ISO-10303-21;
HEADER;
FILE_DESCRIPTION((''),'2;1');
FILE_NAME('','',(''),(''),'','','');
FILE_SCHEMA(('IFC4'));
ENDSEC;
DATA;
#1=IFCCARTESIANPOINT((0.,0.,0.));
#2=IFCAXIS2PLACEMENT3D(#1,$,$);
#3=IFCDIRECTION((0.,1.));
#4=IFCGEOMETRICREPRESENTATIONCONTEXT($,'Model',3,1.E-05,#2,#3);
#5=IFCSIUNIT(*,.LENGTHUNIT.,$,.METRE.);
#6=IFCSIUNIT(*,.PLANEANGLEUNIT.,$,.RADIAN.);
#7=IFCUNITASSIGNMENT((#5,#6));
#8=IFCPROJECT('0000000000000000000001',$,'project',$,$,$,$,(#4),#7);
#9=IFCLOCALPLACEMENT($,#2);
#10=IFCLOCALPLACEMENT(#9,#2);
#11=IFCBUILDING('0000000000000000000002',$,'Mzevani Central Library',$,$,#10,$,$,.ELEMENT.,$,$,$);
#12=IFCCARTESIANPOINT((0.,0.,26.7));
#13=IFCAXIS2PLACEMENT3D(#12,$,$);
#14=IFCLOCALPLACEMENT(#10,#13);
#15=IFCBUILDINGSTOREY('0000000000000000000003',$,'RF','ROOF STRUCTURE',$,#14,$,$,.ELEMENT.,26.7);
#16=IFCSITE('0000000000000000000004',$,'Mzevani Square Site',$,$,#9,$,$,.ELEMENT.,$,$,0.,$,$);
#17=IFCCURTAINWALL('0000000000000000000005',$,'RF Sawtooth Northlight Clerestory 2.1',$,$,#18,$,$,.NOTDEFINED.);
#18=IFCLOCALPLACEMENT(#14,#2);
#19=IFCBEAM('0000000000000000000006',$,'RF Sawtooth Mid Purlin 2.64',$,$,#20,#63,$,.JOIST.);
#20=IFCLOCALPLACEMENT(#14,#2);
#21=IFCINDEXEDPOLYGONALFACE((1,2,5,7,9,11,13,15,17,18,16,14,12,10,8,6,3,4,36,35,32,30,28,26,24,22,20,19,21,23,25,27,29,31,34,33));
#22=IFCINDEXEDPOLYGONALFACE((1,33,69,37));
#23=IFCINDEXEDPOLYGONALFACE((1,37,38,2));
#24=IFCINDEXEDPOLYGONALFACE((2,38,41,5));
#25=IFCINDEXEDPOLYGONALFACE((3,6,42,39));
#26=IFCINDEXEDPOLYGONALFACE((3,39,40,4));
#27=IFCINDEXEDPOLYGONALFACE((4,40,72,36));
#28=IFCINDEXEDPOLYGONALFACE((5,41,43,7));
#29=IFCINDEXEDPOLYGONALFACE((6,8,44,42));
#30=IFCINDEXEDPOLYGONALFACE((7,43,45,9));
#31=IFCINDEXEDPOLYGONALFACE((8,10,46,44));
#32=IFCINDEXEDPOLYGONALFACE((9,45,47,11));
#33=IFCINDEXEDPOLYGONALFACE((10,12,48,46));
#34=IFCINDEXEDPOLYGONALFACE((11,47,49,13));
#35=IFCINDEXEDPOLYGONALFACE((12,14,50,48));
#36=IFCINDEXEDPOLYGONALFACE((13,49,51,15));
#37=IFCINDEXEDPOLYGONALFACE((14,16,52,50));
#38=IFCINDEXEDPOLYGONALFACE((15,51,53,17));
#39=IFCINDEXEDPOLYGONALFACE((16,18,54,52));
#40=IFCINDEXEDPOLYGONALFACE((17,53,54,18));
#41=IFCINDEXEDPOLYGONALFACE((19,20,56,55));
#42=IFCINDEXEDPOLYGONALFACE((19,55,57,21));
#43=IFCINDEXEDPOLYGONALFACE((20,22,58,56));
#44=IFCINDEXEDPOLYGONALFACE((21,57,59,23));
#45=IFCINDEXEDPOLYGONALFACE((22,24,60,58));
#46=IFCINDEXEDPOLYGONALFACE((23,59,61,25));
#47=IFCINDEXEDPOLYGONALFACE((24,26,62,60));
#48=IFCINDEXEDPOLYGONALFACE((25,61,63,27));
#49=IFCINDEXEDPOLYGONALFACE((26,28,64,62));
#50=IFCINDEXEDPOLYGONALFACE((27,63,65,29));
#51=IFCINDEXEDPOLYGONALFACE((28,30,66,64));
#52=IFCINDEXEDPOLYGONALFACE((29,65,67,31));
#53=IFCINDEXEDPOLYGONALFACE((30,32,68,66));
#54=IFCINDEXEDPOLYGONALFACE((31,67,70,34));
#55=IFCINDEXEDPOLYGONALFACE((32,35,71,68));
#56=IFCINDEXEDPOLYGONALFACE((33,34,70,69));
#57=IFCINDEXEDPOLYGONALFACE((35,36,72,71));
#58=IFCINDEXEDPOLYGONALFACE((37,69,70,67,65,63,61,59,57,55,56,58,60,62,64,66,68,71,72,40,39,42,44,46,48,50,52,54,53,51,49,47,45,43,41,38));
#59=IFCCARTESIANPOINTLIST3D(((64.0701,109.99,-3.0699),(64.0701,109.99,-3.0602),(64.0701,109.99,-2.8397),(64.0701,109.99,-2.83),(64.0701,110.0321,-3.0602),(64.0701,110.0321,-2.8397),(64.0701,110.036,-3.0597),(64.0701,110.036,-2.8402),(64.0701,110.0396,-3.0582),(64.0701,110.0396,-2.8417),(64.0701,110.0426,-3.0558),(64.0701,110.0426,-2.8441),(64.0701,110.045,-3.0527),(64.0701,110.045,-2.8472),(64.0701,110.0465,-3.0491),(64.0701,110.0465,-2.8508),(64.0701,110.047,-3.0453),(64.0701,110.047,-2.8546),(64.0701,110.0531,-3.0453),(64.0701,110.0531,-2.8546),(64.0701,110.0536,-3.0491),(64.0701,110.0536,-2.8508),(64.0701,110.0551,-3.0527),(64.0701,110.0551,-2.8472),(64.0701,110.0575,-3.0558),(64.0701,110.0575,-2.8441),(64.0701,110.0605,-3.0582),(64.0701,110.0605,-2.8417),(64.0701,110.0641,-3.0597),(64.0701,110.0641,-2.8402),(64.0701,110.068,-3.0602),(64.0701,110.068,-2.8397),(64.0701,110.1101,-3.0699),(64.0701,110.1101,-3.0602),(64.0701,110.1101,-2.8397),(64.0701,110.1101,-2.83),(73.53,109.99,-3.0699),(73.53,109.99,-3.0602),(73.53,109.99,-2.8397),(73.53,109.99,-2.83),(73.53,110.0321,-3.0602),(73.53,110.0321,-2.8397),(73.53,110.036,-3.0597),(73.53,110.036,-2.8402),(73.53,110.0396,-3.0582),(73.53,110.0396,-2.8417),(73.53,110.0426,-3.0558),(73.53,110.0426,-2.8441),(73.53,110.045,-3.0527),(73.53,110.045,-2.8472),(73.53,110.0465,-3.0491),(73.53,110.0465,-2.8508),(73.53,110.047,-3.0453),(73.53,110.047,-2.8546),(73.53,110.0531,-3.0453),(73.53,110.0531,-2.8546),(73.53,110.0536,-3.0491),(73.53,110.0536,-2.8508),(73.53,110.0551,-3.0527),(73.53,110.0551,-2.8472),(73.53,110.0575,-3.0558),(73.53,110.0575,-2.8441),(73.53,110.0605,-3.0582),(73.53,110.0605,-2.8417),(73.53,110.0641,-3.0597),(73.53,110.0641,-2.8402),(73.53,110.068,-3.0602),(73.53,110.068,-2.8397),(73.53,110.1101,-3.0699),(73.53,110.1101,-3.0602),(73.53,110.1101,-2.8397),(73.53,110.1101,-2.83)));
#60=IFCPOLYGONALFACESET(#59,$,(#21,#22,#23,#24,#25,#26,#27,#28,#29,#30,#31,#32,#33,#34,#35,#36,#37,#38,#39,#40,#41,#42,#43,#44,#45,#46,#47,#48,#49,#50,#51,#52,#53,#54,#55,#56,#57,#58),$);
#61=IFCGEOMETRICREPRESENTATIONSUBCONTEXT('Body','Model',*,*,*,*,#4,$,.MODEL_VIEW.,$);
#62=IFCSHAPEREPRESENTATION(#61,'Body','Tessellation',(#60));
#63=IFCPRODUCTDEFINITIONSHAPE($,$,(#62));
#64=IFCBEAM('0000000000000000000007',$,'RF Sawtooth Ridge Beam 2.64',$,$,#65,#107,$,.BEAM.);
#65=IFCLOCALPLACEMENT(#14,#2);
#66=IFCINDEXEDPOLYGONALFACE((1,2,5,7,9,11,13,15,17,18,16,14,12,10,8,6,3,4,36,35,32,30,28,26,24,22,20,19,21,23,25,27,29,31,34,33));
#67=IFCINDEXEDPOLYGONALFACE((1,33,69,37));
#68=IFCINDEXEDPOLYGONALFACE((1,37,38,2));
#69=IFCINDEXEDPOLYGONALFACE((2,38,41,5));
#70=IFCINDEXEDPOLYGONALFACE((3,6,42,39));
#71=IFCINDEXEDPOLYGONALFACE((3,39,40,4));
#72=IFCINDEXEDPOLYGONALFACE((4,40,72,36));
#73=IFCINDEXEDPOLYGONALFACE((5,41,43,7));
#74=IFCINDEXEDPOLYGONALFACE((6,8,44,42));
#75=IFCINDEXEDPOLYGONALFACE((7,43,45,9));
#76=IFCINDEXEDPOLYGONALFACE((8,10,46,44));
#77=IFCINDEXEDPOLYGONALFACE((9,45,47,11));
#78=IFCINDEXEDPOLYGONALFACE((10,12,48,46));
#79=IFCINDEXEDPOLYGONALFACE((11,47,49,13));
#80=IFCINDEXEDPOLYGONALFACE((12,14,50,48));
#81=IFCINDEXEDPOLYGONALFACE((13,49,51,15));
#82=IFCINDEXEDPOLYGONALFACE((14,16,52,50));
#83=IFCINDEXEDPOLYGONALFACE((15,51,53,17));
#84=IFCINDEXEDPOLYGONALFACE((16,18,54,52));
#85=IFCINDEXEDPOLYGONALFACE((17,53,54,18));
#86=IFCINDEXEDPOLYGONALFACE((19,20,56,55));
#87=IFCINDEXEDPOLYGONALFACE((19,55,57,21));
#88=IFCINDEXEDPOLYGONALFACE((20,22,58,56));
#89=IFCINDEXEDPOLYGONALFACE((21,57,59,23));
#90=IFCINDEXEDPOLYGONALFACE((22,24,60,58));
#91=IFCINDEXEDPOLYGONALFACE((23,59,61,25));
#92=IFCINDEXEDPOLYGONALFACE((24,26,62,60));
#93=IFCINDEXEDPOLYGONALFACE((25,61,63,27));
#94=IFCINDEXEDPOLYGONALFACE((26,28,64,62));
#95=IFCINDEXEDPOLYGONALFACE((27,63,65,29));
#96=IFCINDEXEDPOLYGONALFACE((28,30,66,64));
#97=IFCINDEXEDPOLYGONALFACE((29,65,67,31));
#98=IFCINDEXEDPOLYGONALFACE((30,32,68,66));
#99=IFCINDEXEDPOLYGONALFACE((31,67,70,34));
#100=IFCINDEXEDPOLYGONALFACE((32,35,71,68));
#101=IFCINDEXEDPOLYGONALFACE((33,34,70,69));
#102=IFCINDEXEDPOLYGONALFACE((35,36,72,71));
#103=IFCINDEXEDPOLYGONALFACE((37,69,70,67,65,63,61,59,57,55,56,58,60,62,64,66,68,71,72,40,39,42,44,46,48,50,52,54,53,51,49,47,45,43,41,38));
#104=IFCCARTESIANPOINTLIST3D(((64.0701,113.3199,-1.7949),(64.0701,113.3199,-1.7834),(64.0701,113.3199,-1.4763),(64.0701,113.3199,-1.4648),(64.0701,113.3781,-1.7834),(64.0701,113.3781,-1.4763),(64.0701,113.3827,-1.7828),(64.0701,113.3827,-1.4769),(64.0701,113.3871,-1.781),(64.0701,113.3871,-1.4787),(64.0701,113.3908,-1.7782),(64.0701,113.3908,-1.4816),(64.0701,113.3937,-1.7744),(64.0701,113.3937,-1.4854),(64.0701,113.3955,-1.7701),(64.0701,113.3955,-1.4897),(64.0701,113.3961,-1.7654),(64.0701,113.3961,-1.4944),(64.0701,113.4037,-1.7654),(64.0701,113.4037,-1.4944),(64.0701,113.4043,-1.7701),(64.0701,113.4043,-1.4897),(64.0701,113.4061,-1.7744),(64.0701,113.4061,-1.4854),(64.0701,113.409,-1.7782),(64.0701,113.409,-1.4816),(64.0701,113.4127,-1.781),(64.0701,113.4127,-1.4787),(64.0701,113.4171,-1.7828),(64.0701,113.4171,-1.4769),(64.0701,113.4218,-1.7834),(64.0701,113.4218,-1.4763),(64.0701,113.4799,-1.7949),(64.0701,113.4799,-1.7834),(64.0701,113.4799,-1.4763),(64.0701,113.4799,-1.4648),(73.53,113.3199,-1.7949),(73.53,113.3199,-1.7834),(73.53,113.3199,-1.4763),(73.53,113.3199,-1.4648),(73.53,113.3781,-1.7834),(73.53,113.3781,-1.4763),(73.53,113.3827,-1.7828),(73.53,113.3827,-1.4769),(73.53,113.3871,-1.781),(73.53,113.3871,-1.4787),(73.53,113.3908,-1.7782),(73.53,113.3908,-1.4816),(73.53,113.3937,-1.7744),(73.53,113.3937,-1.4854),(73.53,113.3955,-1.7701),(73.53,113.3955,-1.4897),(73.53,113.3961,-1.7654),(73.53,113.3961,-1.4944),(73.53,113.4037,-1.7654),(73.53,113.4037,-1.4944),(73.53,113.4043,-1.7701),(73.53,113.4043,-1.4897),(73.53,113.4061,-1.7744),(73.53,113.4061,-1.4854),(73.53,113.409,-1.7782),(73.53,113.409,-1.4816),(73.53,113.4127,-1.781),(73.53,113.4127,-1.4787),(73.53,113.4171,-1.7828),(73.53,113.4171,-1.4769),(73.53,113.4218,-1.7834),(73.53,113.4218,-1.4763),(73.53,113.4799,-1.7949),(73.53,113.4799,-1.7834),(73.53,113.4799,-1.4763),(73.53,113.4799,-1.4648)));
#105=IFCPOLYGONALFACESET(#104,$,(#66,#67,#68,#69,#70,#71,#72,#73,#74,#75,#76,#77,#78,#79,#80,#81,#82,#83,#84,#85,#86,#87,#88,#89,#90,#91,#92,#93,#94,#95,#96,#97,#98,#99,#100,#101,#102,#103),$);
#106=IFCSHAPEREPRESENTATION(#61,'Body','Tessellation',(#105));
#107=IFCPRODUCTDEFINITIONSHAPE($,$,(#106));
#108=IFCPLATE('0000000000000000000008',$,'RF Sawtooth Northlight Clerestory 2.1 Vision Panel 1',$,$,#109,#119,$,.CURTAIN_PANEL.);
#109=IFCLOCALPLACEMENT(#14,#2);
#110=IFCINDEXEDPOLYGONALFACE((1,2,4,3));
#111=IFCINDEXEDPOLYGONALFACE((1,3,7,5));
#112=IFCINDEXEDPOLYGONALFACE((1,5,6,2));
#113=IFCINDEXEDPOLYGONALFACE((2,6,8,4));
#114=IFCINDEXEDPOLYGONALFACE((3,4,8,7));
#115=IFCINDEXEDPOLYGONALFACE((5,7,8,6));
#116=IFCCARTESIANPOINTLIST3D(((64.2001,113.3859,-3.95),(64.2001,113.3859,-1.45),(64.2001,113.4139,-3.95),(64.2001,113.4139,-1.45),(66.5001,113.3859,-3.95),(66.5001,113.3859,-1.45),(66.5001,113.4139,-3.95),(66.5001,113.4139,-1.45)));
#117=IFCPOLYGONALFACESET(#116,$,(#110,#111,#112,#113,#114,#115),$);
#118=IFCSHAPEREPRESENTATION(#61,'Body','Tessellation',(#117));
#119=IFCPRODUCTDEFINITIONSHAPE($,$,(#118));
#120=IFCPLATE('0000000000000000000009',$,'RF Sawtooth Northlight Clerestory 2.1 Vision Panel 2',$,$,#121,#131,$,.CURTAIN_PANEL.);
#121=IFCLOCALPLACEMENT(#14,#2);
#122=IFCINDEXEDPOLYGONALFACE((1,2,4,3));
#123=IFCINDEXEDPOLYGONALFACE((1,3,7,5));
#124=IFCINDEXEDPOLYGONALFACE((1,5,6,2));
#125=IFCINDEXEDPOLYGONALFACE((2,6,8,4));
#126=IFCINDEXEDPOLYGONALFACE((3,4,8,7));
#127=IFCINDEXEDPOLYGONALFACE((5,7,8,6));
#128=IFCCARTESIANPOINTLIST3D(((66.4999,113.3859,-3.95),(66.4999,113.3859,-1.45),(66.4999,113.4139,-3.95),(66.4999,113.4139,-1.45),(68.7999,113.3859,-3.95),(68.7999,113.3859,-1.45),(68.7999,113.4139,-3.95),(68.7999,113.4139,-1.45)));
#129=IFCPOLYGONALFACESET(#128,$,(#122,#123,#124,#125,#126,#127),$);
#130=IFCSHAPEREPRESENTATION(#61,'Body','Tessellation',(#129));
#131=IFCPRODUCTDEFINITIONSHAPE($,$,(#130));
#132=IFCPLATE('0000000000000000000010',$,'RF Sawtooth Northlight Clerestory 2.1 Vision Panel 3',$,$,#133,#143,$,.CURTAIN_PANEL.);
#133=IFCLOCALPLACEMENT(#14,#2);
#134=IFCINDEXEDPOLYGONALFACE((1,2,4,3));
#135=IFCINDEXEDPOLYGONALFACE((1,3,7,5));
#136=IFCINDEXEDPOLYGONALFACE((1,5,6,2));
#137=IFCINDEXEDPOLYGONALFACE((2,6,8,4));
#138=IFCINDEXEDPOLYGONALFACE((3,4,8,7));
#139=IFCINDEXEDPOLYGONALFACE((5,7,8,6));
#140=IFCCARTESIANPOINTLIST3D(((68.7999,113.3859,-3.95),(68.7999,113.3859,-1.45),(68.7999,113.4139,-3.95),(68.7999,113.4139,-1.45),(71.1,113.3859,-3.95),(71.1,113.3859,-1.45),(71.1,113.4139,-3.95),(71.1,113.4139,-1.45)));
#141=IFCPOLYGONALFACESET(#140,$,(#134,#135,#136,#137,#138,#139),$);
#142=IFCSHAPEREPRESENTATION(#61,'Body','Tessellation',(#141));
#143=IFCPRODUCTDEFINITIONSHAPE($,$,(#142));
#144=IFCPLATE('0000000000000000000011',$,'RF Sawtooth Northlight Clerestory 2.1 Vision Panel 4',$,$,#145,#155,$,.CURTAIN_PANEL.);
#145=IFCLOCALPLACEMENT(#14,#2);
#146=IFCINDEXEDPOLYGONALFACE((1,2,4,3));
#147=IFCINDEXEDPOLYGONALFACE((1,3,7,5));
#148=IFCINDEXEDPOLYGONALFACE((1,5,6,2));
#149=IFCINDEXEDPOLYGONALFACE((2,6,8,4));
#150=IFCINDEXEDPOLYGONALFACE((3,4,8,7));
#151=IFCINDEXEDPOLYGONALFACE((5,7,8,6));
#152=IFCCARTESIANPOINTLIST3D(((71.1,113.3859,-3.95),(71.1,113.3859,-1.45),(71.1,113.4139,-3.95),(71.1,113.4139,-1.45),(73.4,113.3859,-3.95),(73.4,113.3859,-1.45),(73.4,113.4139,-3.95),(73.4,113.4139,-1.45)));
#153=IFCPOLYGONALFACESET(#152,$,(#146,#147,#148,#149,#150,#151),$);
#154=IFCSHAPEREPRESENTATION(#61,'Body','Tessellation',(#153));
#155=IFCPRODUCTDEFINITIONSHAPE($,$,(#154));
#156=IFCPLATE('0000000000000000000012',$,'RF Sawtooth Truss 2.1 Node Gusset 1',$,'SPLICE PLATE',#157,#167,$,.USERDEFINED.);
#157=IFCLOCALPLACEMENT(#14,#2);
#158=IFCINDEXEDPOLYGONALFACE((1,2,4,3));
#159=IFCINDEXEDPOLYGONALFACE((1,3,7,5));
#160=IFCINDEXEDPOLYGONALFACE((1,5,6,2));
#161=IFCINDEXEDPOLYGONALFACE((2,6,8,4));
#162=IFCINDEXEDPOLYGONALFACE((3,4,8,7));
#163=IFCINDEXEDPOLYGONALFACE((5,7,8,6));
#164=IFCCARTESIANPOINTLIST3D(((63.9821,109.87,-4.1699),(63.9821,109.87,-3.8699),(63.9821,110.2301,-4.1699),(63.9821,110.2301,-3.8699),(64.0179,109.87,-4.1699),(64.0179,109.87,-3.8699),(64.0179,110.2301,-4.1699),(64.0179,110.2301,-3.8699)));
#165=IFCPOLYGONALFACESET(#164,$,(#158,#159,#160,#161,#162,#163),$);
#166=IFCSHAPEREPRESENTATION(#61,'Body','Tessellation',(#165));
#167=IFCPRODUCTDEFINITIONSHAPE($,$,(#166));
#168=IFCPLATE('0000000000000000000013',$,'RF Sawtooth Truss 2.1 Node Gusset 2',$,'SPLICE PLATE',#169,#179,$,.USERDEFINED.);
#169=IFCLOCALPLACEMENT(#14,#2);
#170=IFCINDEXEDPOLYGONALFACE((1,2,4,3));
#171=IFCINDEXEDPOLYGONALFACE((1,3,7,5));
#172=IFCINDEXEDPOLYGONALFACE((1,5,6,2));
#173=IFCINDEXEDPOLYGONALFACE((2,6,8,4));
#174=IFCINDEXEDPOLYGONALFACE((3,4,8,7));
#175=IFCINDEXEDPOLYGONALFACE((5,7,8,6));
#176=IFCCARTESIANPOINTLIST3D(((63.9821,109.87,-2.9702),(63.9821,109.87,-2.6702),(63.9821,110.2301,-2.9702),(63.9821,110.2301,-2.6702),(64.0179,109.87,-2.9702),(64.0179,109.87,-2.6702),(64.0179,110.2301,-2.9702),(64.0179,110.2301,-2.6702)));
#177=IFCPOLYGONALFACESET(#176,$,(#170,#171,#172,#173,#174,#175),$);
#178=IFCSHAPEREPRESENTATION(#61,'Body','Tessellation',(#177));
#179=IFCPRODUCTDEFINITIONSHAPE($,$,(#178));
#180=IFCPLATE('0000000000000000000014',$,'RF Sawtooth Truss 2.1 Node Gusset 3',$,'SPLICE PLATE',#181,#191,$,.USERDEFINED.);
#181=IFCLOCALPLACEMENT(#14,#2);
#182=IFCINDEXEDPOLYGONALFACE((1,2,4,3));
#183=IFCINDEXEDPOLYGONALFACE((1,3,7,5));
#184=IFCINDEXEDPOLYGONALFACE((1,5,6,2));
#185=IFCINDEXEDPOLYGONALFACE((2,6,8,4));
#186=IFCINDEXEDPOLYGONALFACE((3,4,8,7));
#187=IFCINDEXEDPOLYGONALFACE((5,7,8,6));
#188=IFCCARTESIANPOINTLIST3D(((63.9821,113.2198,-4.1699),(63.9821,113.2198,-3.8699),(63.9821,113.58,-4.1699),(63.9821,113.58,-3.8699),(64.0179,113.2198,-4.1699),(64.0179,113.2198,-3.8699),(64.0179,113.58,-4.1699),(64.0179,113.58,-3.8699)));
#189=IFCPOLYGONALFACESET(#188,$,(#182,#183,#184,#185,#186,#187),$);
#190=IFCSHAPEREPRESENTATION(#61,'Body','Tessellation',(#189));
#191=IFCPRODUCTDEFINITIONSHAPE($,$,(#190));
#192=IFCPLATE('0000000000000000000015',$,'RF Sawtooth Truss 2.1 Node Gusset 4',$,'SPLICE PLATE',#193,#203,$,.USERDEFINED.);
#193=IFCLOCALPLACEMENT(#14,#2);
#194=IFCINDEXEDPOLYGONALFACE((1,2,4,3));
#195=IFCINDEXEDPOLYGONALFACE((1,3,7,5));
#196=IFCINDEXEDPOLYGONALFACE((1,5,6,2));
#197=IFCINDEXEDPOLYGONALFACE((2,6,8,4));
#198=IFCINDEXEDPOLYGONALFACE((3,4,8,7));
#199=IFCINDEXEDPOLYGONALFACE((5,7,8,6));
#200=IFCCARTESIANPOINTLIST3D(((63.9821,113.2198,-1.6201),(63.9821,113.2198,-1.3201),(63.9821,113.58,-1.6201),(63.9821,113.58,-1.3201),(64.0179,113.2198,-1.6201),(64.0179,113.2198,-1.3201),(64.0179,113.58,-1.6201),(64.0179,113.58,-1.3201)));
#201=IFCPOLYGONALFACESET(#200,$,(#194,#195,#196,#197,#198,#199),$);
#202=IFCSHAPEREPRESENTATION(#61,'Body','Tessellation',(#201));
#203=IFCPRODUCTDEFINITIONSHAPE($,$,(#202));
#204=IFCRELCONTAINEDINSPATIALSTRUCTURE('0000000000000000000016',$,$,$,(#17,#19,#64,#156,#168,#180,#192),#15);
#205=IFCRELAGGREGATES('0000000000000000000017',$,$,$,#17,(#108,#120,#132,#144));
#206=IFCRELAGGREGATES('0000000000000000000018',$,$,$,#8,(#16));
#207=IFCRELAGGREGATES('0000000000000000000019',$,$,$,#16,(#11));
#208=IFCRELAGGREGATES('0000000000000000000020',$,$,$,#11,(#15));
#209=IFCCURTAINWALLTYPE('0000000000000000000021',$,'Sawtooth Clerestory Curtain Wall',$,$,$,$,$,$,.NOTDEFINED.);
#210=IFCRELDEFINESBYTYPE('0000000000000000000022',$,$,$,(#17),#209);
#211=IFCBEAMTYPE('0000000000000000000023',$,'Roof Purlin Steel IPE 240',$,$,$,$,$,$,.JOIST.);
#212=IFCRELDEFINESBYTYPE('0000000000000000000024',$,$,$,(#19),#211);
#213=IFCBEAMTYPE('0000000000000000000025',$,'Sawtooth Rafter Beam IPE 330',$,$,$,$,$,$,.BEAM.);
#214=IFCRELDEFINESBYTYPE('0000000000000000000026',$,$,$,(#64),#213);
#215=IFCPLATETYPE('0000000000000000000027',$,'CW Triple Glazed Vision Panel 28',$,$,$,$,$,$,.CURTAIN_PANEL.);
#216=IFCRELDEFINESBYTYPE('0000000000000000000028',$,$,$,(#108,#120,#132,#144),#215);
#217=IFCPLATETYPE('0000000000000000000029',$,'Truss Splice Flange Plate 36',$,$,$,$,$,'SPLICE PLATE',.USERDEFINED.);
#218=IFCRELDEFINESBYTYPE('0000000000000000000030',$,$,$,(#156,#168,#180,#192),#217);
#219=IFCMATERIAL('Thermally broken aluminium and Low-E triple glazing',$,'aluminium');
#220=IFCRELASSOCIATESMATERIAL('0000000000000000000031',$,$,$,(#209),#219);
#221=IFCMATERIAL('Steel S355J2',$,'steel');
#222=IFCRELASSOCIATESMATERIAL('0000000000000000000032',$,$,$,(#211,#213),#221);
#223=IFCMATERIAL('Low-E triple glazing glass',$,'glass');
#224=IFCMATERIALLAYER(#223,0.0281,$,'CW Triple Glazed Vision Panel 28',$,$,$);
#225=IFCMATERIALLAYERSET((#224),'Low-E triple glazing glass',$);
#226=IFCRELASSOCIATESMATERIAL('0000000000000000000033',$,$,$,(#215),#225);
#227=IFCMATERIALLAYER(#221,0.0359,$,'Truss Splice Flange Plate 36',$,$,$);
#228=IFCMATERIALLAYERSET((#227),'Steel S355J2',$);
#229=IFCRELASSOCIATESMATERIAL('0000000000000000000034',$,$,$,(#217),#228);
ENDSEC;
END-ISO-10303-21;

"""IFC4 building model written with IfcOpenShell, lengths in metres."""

from ifc_helpers import new_model, si_unit, direction, frame, origin, origin_2d, place, context, subcontext, project, spatial, rectangle, i_section, extrude, material, layer, layer_set, material_profile, profile_set, type_object, element, aggregate, save


model = new_model("IFC4")

# Units and contexts
model_context = context("Model", 3, precision=1e-05, world=origin(), true_north=direction((0.0, 1.0)))
body_context = subcontext(model_context, "Body", "Model", "MODEL_VIEW")
ifc_project = project(units=[si_unit("LENGTHUNIT", "METRE"), si_unit("PLANEANGLEUNIT", "RADIAN")], contexts=[model_context])

# Site, building, storey
site_placement = place(None, origin())
site = spatial("IfcSite", under=ifc_project, at=site_placement, Name="Mzevani Square Site", CompositionType="ELEMENT", RefElevation=0.0)
building_placement = place(site_placement, origin())
building = spatial("IfcBuilding", under=site, at=building_placement, Name="Mzevani Central Library", CompositionType="ELEMENT")
storey_placement = place(building_placement, frame((0.0, 0.0, 26.7)))
storey = spatial("IfcBuildingStorey", under=building, at=storey_placement, Name="RF", Description="ROOF STRUCTURE", CompositionType="ELEMENT", Elevation=26.7)

# Curtain wall
ifc_material_1 = material(Name="Thermally broken aluminium and Low-E triple glazing", Category="aluminium")
curtain_wall_type = type_object("IfcCurtainWallType", Name="Sawtooth Clerestory Curtain Wall", PredefinedType="NOTDEFINED", material=ifc_material_1)
curtain_wall_placement = place(storey_placement, origin())
curtain_wall = element("IfcCurtainWall", 1, at=curtain_wall_placement, inside=storey, type_object=curtain_wall_type, Name="RF Sawtooth Northlight Clerestory 2.1", PredefinedType="NOTDEFINED")

# Shared definitions
ifc_material_2 = material(Name="Steel S355J2", Category="steel")

# Beams
ifc_material_profile_1 = material_profile(ifc_material_2, i_section(OverallWidth=0.1201, OverallDepth=0.24, WebThickness=0.0061, FlangeThickness=0.0098, FilletRadius=0.0149, at=origin_2d()), Name="IPE 240")
ifc_profile_set_1 = profile_set([ifc_material_profile_1], Name="Steel S355J2")
beam_type_1 = type_object("IfcBeamType", Name="Roof Purlin Steel IPE 240", PredefinedType="JOIST", material=ifc_profile_set_1)
beam_1_placement = place(storey_placement, frame((64.0701, 110.05, -2.95), z_axis=(1.0, 0.0, 0.0), x_axis=(0.0, 1.0, 0.0)))
element("IfcBeam", 2, at=beam_1_placement, inside=storey, type_object=beam_type_1, Name="RF Sawtooth Mid Purlin 2.64", PredefinedType="JOIST", context=body_context, shape_type="SweptSolid", body=[
    extrude(i_section(OverallWidth=0.1201, OverallDepth=0.24, WebThickness=0.0061, FlangeThickness=0.0098, FilletRadius=0.0149, at=origin_2d()), origin(), (0.0, 0.0, 1.0), 9.46),
])
ifc_material_profile_2 = material_profile(ifc_material_2, i_section(OverallWidth=0.1599, OverallDepth=0.3301, WebThickness=0.0076, FlangeThickness=0.0115, FilletRadius=0.0181, at=origin_2d()), Name="IPE 330")
ifc_profile_set_2 = profile_set([ifc_material_profile_2], Name="Steel S355J2")
beam_type_2 = type_object("IfcBeamType", Name="Sawtooth Rafter Beam IPE 330", PredefinedType="BEAM", material=ifc_profile_set_2)
beam_2_placement = place(storey_placement, frame((64.0701, 113.3999, -1.6299), z_axis=(1.0, 0.0, 0.0), x_axis=(0.0, 1.0, 0.0)))
element("IfcBeam", 3, at=beam_2_placement, inside=storey, type_object=beam_type_2, Name="RF Sawtooth Ridge Beam 2.64", PredefinedType="BEAM", context=body_context, shape_type="SweptSolid", body=[
    extrude(i_section(OverallWidth=0.1599, OverallDepth=0.3301, WebThickness=0.0076, FlangeThickness=0.0115, FilletRadius=0.0181, at=origin_2d()), origin(), (0.0, 0.0, 1.0), 9.46),
])

# Plates
ifc_material_3 = material(Name="Low-E triple glazing glass", Category="glass")
ifc_layer_1 = layer(ifc_material_3, 0.0281, Name="CW Triple Glazed Vision Panel 28")
ifc_layer_set_1 = layer_set([ifc_layer_1], Name="Low-E triple glazing glass")
plate_type_1 = type_object("IfcPlateType", Name="CW Triple Glazed Vision Panel 28", PredefinedType="CURTAIN_PANEL", material=ifc_layer_set_1)
plate_1_placement = place(storey_placement, frame((65.3501, 113.3999, -3.95), z_axis=(0.0, 0.0, 1.0), x_axis=(1.0, 0.0, 0.0)))
plate_1 = element("IfcPlate", 4, at=plate_1_placement, type_object=plate_type_1, Name="RF Sawtooth Northlight Clerestory 2.1 Vision Panel 1", PredefinedType="CURTAIN_PANEL", context=body_context, shape_type="SweptSolid", body=[
    extrude(rectangle(XDim=2.3, YDim=0.0281, at=origin_2d()), origin(), (0.0, 0.0, 1.0), 2.5),
])
plate_2_placement = place(storey_placement, frame((67.6499, 113.3999, -3.95), z_axis=(0.0, 0.0, 1.0), x_axis=(1.0, 0.0, 0.0)))
plate_2 = element("IfcPlate", 5, at=plate_2_placement, type_object=plate_type_1, Name="RF Sawtooth Northlight Clerestory 2.1 Vision Panel 2", PredefinedType="CURTAIN_PANEL", context=body_context, shape_type="SweptSolid", body=[
    extrude(rectangle(XDim=2.3, YDim=0.0281, at=origin_2d()), origin(), (0.0, 0.0, 1.0), 2.5),
])
plate_3_placement = place(storey_placement, frame((69.95, 113.3999, -3.95), z_axis=(0.0, 0.0, 1.0), x_axis=(1.0, 0.0, 0.0)))
plate_3 = element("IfcPlate", 6, at=plate_3_placement, type_object=plate_type_1, Name="RF Sawtooth Northlight Clerestory 2.1 Vision Panel 3", PredefinedType="CURTAIN_PANEL", context=body_context, shape_type="SweptSolid", body=[
    extrude(rectangle(XDim=2.3, YDim=0.0281, at=origin_2d()), origin(), (0.0, 0.0, 1.0), 2.5),
])
plate_4_placement = place(storey_placement, frame((72.25, 113.3999, -3.95), z_axis=(0.0, 0.0, 1.0), x_axis=(1.0, 0.0, 0.0)))
plate_4 = element("IfcPlate", 7, at=plate_4_placement, type_object=plate_type_1, Name="RF Sawtooth Northlight Clerestory 2.1 Vision Panel 4", PredefinedType="CURTAIN_PANEL", context=body_context, shape_type="SweptSolid", body=[
    extrude(rectangle(XDim=2.3, YDim=0.0281, at=origin_2d()), origin(), (0.0, 0.0, 1.0), 2.5),
])
aggregate(curtain_wall, [plate_1, plate_2, plate_3, plate_4])

# Plates
ifc_layer_2 = layer(ifc_material_2, 0.0359, Name="Truss Splice Flange Plate 36")
ifc_layer_set_2 = layer_set([ifc_layer_2], Name="Steel S355J2")
plate_type_2 = type_object("IfcPlateType", Name="Truss Splice Flange Plate 36", ElementType="SPLICE PLATE", PredefinedType="USERDEFINED", material=ifc_layer_set_2)
for number, where, z_axis, x_axis, name in (
    (8, (64.0, 110.05, -4.1699), (0.0, 0.0, 1.0), (1.0, 0.0, 0.0), "RF Sawtooth Truss 2.1 Node Gusset 1"),
    (9, (64.0, 110.05, -2.9702), (0.0, 0.0, 1.0), (1.0, 0.0, 0.0), "RF Sawtooth Truss 2.1 Node Gusset 2"),
    (10, (64.0, 113.3999, -4.1699), (0.0, 0.0, 1.0), (1.0, 0.0, 0.0), "RF Sawtooth Truss 2.1 Node Gusset 3"),
    (11, (64.0, 113.3999, -1.6201), (0.0, 0.0, 1.0), (1.0, 0.0, 0.0), "RF Sawtooth Truss 2.1 Node Gusset 4"),
):
    element("IfcPlate", number, at=place(storey_placement, frame(where, z_axis=z_axis, x_axis=x_axis)), inside=storey, type_object=plate_type_2, Name=name, ObjectType="SPLICE PLATE", PredefinedType="USERDEFINED", context=body_context, shape_type="SweptSolid", body=[
        extrude(rectangle(XDim=0.0359, YDim=0.3601, at=origin_2d()), origin(), (0.0, 0.0, 1.0), 0.3),
    ])

save(model, "model.ifc")
